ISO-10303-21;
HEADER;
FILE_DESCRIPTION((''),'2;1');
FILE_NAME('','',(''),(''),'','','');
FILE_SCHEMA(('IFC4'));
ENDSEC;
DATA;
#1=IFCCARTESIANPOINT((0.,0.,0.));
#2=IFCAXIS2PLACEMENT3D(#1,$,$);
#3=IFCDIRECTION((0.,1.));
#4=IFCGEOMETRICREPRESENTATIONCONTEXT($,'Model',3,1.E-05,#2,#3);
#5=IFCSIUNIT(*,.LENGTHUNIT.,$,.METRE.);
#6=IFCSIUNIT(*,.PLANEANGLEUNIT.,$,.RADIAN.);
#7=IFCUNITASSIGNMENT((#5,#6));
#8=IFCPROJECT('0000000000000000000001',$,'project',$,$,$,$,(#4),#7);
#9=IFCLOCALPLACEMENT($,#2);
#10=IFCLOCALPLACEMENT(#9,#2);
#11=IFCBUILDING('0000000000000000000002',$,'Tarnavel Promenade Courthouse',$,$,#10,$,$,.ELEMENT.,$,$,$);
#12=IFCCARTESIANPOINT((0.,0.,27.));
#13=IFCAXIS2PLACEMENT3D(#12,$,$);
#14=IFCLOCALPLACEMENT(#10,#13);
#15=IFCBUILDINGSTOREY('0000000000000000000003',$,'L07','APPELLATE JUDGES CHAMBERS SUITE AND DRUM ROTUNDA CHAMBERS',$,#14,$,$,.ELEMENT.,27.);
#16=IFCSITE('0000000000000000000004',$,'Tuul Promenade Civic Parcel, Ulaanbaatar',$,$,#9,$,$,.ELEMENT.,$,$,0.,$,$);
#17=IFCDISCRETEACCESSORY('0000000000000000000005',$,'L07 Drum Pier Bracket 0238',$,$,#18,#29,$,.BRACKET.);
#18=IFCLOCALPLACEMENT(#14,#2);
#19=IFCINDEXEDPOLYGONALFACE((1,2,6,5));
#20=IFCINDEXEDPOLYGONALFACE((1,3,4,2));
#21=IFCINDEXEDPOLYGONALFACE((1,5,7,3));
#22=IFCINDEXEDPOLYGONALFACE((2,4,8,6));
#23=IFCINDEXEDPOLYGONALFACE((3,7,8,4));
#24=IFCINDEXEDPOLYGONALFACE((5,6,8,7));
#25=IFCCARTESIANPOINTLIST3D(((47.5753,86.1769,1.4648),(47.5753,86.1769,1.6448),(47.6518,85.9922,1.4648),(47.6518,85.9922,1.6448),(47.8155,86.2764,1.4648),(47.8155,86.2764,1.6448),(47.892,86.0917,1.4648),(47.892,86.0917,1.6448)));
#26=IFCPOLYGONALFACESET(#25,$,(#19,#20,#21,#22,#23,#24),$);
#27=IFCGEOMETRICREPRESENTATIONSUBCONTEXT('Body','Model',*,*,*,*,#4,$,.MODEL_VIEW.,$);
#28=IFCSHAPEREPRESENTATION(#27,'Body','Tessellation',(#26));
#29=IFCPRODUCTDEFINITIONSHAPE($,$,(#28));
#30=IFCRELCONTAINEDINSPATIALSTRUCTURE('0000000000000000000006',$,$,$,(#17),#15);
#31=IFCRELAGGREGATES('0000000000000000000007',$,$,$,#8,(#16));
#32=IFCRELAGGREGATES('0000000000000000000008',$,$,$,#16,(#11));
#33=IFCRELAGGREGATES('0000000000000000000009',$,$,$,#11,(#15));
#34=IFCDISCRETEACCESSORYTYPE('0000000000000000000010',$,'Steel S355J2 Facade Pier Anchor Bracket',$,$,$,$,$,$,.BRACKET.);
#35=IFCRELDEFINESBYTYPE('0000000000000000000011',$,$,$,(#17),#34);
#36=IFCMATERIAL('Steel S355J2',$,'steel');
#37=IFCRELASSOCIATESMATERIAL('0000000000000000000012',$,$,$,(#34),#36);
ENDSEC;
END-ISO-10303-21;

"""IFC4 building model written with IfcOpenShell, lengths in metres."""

from ifc_helpers import new_model, si_unit, direction, frame, origin, origin_2d, place, context, subcontext, project, spatial, rectangle, extrude, material, type_object, element, save


model = new_model("IFC4")

# Units and contexts
model_context = context("Model", 3, precision=1e-05, world=origin(), true_north=direction((0.0, 1.0)))
body_context = subcontext(model_context, "Body", "Model", "MODEL_VIEW")
ifc_project = project(units=[si_unit("LENGTHUNIT", "METRE"), si_unit("PLANEANGLEUNIT", "RADIAN")], contexts=[model_context])

# Site, building, storey
site_placement = place(None, origin())
site = spatial("IfcSite", under=ifc_project, at=site_placement, Name="Tuul Promenade Civic Parcel, Ulaanbaatar", CompositionType="ELEMENT", RefElevation=0.0)
building_placement = place(site_placement, origin())
building = spatial("IfcBuilding", under=site, at=building_placement, Name="Tarnavel Promenade Courthouse", CompositionType="ELEMENT")
storey_placement = place(building_placement, frame((0.0, 0.0, 27.0)))
storey = spatial("IfcBuildingStorey", under=building, at=storey_placement, Name="L07", Description="APPELLATE JUDGES CHAMBERS SUITE AND DRUM ROTUNDA CHAMBERS", CompositionType="ELEMENT", Elevation=27.0)

# Shared definitions
ifc_material_1 = material(Name="Steel S355J2", Category="steel")

# Discrete accessory
discrete_accessory_type = type_object("IfcDiscreteAccessoryType", Name="Steel S355J2 Facade Pier Anchor Bracket", PredefinedType="BRACKET", material=ifc_material_1)
for number, where, z_axis, x_axis, name in (
    (1, (47.7336, 86.1343, 1.4648), (0.0, 0.0, 1.0), (0.382683, -0.92388, 0.0), "L07 Drum Pier Bracket 0238"),
):
    element("IfcDiscreteAccessory", number, at=place(storey_placement, frame(where, z_axis=z_axis, x_axis=x_axis)), inside=storey, type_object=discrete_accessory_type, Name=name, PredefinedType="BRACKET", context=body_context, shape_type="SweptSolid", body=[
        extrude(rectangle(XDim=0.2, YDim=0.26, at=origin_2d()), origin(), (0.0, 0.0, 1.0), 0.1799),
    ])

save(model, "model.ifc")
